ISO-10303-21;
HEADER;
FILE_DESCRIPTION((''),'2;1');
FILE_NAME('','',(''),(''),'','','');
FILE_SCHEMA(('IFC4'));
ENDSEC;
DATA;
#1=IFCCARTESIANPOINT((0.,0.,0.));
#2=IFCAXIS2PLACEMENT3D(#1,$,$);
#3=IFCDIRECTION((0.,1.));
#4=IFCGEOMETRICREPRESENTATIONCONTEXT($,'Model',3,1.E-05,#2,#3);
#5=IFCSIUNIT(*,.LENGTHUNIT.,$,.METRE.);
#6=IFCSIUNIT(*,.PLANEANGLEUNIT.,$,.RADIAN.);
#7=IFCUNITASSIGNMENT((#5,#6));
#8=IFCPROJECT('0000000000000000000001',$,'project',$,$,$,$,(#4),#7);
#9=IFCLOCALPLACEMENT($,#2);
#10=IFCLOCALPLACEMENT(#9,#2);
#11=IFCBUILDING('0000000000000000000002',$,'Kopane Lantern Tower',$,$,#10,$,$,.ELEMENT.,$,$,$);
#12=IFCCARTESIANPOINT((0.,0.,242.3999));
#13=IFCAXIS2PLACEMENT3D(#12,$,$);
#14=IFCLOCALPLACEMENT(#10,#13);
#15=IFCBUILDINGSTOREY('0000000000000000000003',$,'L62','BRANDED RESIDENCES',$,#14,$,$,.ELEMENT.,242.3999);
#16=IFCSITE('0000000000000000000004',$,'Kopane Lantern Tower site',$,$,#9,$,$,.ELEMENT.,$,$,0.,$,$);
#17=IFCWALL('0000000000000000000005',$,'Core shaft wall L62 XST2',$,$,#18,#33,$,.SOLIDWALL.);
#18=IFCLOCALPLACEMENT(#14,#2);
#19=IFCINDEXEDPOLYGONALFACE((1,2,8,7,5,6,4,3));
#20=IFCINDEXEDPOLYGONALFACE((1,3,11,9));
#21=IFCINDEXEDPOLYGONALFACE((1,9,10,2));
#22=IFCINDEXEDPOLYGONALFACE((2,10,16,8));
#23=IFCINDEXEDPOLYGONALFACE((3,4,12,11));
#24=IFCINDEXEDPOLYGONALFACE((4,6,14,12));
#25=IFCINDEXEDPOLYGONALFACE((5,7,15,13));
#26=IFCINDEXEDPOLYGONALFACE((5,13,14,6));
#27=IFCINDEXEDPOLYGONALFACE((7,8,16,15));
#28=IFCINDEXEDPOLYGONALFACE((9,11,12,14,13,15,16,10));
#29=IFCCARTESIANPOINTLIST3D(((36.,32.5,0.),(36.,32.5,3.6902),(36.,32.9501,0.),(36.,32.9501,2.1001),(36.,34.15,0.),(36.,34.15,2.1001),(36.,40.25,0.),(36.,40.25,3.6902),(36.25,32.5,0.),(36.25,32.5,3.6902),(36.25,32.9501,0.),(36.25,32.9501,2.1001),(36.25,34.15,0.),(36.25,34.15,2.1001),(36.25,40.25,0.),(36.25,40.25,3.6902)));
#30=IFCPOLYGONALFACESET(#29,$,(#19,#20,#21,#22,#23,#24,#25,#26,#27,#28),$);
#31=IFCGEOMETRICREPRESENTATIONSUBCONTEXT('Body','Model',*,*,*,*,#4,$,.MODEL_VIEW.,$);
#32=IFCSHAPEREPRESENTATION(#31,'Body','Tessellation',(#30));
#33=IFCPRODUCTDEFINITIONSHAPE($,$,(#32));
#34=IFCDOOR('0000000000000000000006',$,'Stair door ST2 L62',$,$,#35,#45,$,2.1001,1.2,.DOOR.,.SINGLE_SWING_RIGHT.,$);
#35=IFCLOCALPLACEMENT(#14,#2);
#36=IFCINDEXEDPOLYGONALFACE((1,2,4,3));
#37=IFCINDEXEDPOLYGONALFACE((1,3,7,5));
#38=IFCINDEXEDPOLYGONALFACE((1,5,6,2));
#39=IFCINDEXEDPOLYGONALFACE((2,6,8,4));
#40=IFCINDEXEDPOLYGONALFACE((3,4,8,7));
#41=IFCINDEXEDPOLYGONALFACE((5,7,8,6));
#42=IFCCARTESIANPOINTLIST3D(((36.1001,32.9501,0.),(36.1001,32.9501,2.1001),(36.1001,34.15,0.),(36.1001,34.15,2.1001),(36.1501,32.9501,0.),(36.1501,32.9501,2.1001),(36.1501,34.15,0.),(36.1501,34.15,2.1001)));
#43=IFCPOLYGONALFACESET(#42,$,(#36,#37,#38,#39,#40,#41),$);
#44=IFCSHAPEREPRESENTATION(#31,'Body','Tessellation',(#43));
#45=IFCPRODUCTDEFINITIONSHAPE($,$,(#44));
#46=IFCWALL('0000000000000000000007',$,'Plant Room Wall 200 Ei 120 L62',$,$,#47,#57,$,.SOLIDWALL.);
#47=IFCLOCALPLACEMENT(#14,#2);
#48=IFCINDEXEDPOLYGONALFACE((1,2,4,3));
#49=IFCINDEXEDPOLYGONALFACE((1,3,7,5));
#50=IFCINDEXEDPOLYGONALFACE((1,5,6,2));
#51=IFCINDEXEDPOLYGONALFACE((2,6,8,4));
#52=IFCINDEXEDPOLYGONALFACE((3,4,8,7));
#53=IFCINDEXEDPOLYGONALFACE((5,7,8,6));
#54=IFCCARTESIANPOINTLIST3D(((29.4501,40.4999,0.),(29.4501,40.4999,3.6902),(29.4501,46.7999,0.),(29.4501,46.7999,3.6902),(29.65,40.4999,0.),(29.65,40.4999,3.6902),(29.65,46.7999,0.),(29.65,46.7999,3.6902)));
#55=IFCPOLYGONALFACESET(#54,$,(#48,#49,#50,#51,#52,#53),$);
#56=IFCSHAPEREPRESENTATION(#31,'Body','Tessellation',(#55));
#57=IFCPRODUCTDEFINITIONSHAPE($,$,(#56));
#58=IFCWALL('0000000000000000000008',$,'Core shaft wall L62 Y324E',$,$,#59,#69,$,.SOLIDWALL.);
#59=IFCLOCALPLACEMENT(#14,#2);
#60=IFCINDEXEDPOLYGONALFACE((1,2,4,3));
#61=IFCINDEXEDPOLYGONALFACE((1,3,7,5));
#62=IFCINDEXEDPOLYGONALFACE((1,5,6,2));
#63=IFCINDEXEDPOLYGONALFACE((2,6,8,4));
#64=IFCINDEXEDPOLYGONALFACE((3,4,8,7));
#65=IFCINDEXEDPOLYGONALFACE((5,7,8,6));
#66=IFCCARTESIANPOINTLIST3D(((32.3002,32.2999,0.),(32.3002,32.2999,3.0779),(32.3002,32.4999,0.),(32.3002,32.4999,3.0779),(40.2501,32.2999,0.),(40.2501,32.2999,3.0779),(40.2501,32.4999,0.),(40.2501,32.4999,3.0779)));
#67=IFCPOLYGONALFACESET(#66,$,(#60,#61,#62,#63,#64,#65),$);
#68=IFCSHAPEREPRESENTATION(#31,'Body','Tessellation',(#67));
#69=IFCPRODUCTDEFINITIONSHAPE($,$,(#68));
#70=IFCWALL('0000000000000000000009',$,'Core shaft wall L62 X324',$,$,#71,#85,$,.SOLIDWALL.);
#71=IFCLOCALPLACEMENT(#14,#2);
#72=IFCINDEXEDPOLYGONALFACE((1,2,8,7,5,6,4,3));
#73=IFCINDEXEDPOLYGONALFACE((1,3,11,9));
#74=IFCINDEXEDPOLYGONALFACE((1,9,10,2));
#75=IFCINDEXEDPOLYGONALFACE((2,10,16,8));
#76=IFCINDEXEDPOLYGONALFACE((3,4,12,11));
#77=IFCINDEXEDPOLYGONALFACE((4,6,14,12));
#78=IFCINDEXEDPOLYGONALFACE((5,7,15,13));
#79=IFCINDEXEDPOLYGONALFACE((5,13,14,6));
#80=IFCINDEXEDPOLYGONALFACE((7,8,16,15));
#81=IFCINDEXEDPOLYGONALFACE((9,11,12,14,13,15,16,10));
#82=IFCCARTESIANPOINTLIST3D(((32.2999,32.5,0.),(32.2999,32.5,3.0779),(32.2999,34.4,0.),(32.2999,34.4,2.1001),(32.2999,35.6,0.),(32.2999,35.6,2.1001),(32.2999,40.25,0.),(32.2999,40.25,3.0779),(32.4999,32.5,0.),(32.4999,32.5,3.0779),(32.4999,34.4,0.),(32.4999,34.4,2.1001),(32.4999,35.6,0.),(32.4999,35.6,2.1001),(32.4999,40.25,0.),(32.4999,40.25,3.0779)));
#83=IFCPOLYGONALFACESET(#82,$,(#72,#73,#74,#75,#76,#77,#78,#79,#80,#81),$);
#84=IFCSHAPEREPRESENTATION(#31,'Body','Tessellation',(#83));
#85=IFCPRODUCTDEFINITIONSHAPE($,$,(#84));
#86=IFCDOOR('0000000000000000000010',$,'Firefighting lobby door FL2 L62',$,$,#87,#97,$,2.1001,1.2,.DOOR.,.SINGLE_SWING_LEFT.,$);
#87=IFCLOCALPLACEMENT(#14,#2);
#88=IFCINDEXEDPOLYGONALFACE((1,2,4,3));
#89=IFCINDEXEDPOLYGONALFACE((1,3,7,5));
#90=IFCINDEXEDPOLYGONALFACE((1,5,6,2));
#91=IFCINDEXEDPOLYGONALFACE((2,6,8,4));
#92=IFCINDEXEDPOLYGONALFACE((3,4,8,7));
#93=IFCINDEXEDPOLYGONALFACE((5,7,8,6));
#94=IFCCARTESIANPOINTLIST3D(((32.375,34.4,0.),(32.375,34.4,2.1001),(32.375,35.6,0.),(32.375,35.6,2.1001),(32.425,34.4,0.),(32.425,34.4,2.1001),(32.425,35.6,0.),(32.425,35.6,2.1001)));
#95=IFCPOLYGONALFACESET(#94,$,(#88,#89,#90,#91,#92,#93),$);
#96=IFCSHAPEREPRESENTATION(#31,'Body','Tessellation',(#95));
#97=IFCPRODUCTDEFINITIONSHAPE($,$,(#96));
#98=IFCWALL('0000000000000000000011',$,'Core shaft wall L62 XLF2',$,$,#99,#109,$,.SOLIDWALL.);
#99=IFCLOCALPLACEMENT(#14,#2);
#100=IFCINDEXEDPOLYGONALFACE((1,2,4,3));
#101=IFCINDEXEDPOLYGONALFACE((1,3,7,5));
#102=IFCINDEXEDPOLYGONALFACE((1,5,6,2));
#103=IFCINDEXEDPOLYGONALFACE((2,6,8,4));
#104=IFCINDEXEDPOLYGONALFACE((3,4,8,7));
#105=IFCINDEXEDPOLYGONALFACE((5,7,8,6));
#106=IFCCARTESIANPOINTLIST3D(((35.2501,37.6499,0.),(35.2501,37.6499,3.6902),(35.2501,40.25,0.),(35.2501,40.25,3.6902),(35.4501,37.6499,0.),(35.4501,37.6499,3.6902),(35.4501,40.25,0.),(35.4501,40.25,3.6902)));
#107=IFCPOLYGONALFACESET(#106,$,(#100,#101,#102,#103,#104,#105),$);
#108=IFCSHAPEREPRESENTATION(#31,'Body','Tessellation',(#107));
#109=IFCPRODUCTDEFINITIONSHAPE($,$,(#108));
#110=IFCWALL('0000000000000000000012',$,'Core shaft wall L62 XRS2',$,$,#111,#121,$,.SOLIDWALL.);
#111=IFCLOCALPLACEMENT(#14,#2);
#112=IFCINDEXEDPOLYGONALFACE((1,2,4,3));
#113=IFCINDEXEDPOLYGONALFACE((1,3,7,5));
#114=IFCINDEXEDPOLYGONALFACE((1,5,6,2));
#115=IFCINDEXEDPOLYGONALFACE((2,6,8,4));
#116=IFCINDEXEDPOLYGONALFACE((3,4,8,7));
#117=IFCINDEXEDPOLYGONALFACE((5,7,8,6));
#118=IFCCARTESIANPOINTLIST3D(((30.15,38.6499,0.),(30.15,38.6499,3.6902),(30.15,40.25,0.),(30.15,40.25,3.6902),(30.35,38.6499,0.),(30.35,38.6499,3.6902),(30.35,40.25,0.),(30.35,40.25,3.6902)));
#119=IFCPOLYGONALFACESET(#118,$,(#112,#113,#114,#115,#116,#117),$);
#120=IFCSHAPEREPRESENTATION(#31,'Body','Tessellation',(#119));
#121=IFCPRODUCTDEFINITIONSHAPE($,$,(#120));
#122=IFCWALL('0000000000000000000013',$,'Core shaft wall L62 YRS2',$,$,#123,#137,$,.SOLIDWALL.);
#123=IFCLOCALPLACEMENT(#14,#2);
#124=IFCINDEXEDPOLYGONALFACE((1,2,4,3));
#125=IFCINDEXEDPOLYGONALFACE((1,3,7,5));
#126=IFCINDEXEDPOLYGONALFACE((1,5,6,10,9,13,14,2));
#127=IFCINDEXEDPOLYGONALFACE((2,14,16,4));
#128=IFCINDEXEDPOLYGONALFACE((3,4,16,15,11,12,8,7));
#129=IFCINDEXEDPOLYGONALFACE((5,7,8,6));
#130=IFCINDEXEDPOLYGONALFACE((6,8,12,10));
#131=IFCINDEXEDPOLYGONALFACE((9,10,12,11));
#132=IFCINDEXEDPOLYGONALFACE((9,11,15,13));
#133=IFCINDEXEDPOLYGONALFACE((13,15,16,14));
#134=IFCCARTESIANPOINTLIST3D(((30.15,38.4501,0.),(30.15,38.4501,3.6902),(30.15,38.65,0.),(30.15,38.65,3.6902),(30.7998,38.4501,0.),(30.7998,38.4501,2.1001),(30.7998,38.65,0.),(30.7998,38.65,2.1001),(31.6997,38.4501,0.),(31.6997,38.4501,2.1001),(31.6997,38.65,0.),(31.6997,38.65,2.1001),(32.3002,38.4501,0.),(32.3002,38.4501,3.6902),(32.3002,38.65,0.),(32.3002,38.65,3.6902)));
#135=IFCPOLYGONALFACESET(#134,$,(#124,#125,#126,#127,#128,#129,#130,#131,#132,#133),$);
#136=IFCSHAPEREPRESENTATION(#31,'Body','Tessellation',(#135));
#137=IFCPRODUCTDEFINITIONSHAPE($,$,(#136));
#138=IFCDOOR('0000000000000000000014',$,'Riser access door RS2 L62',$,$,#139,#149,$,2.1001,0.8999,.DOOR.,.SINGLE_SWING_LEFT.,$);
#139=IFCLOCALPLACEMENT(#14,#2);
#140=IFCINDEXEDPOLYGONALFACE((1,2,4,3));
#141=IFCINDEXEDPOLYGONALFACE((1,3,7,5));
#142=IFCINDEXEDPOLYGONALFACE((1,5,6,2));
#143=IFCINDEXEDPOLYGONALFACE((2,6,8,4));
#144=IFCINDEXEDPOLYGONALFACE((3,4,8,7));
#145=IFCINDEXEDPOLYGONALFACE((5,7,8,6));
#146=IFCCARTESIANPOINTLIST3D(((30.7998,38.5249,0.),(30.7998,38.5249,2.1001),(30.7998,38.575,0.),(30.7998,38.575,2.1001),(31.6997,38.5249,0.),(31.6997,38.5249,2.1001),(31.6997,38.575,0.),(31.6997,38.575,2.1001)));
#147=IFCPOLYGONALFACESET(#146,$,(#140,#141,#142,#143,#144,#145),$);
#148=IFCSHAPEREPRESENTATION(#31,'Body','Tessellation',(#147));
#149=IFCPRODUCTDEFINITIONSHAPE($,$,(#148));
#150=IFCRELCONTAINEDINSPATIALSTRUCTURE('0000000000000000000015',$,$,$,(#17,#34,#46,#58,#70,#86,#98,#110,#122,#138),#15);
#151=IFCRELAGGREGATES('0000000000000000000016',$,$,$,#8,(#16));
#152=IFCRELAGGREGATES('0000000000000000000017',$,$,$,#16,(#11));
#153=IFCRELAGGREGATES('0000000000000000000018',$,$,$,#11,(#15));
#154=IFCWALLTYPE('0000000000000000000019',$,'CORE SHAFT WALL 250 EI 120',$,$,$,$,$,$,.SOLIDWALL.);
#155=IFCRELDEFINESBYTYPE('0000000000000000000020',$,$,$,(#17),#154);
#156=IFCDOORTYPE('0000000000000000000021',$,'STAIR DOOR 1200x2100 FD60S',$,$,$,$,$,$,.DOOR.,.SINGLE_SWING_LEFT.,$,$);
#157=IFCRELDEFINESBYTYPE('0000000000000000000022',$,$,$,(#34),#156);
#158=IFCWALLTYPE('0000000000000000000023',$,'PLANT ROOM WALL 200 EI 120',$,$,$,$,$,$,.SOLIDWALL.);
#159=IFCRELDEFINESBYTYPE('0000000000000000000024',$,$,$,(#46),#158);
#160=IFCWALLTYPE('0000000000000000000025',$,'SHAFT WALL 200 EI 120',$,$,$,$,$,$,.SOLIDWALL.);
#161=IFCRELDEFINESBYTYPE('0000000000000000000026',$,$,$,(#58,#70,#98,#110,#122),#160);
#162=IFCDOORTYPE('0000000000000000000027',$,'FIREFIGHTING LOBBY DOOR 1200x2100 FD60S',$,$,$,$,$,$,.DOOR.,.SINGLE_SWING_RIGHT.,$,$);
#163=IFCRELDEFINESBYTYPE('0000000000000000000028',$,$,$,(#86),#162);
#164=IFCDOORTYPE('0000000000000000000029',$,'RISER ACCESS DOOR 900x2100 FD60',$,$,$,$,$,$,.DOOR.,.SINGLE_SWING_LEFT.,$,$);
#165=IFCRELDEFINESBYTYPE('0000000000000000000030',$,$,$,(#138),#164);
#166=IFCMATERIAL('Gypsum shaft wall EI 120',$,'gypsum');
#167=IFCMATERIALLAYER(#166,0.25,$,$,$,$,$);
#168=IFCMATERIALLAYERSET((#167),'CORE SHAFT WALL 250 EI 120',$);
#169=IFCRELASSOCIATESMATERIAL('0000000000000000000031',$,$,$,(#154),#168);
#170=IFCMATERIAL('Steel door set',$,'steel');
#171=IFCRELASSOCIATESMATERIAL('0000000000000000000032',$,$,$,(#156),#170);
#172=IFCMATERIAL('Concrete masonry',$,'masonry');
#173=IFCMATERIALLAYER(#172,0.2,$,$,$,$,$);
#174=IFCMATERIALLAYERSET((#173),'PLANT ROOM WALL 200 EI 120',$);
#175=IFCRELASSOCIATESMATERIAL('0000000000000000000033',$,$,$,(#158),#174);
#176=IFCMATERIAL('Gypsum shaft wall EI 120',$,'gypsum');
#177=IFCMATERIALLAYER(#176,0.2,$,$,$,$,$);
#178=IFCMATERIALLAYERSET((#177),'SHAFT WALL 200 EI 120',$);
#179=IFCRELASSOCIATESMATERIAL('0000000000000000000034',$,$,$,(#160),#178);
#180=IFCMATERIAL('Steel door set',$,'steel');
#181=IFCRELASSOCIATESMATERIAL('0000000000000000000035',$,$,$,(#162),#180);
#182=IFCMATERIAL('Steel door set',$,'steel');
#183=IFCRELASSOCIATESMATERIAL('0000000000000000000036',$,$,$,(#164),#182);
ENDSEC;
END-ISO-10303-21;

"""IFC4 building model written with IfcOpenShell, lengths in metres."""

from ifc_helpers import new_model, si_unit, direction, frame, frame_2d, origin, place, context, subcontext, project, spatial, rectangle, extrude, material, layer, layer_set, type_object, element, fill, save


model = new_model("IFC4")

# Units and contexts
model_context = context("Model", 3, precision=1e-05, world=origin(), true_north=direction((0.0, 1.0)))
body_context = subcontext(model_context, "Body", "Model", "MODEL_VIEW")
ifc_project = project(units=[si_unit("LENGTHUNIT", "METRE"), si_unit("PLANEANGLEUNIT", "RADIAN")], contexts=[model_context])

# Site, building, storey
site_placement = place(None, origin())
site = spatial("IfcSite", under=ifc_project, at=site_placement, Name="Kopane Lantern Tower site", CompositionType="ELEMENT", RefElevation=0.0)
building_placement = place(site_placement, origin())
building = spatial("IfcBuilding", under=site, at=building_placement, Name="Kopane Lantern Tower", CompositionType="ELEMENT")
storey_placement = place(building_placement, frame((0.0, 0.0, 242.3999)))
storey = spatial("IfcBuildingStorey", under=building, at=storey_placement, Name="L62", Description="BRANDED RESIDENCES", CompositionType="ELEMENT", Elevation=242.3999)

# Wall, opening, door
ifc_material_1 = material(Name="Gypsum shaft wall EI 120", Category="gypsum")
ifc_layer_1 = layer(ifc_material_1, 0.25)
ifc_layer_set_1 = layer_set([ifc_layer_1], Name="CORE SHAFT WALL 250 EI 120")
wall_type_1 = type_object("IfcWallType", Name="CORE SHAFT WALL 250 EI 120", PredefinedType="SOLIDWALL", material=ifc_layer_set_1)
wall_1_placement = place(storey_placement, frame((36.125, 32.5, 0.0), z_axis=(0.0, 0.0, 1.0), x_axis=(0.0, 1.0, 0.0)))
wall_1 = element("IfcWall", 1, at=wall_1_placement, inside=storey, type_object=wall_type_1, Name="Core shaft wall L62 XST2", PredefinedType="SOLIDWALL", context=body_context, shape_type="SweptSolid", body=[
    extrude(rectangle(XDim=7.75, YDim=0.25, at=frame_2d((3.875, 0.0))), origin(), (0.0, 0.0, 1.0), 3.6902),
])
opening_1_placement = place(wall_1_placement, frame((0.45, 0.0, 0.0)))
opening_1 = element("IfcOpeningElement", 2, at=opening_1_placement, cuts=wall_1, PredefinedType="OPENING", context=body_context, shape_type="SweptSolid", body=[
    extrude(rectangle(XDim=1.2, YDim=2.1001, at=frame_2d((0.6001, 1.05))), frame((0.0, 0.135, 0.0), z_axis=(0.0, -1.0, 0.0), x_axis=(1.0, 0.0, 0.0)), (0.0, 0.0, 1.0), 0.27),
])
ifc_material_2 = material(Name="Steel door set", Category="steel")
door_type_1 = type_object("IfcDoorType", Name="STAIR DOOR 1200x2100 FD60S", OperationType="SINGLE_SWING_LEFT", PredefinedType="DOOR", material=ifc_material_2)
door_1_placement = place(opening_1_placement, origin())
door_1 = element("IfcDoor", 3, at=door_1_placement, inside=storey, type_object=door_type_1, Name="Stair door ST2 L62", OperationType="SINGLE_SWING_RIGHT", OverallHeight=2.1001, OverallWidth=1.2, PredefinedType="DOOR", context=body_context, shape_type="SweptSolid", body=[
    extrude(rectangle(XDim=1.2, YDim=2.1001, at=frame_2d((0.6001, 1.05))), frame((0.0, 0.0249, 0.0), z_axis=(0.0, -1.0, 0.0), x_axis=(1.0, 0.0, 0.0)), (0.0, 0.0, 1.0), 0.05),
])
fill(opening_1, door_1)

# Walls
ifc_material_3 = material(Name="Concrete masonry", Category="masonry")
ifc_layer_2 = layer(ifc_material_3, 0.2)
ifc_layer_set_2 = layer_set([ifc_layer_2], Name="PLANT ROOM WALL 200 EI 120")
wall_type_2 = type_object("IfcWallType", Name="PLANT ROOM WALL 200 EI 120", PredefinedType="SOLIDWALL", material=ifc_layer_set_2)
wall_2_placement = place(storey_placement, frame((29.55, 40.5, 0.0), z_axis=(0.0, 0.0, 1.0), x_axis=(0.0, 1.0, 0.0)))
element("IfcWall", 4, at=wall_2_placement, inside=storey, type_object=wall_type_2, Name="Plant Room Wall 200 Ei 120 L62", PredefinedType="SOLIDWALL", context=body_context, shape_type="SweptSolid", body=[
    extrude(rectangle(XDim=6.3, YDim=0.2, at=frame_2d((3.1499, 0.0))), origin(), (0.0, 0.0, 1.0), 3.6902),
])
ifc_material_4 = material(Name="Gypsum shaft wall EI 120", Category="gypsum")
ifc_layer_3 = layer(ifc_material_4, 0.2)
ifc_layer_set_3 = layer_set([ifc_layer_3], Name="SHAFT WALL 200 EI 120")
wall_type_3 = type_object("IfcWallType", Name="SHAFT WALL 200 EI 120", PredefinedType="SOLIDWALL", material=ifc_layer_set_3)
wall_3_placement = place(storey_placement, frame((32.3, 32.3999, 0.0), z_axis=(0.0, 0.0, 1.0), x_axis=(1.0, 0.0, 0.0)))
element("IfcWall", 5, at=wall_3_placement, inside=storey, type_object=wall_type_3, Name="Core shaft wall L62 Y324E", PredefinedType="SOLIDWALL", context=body_context, shape_type="SweptSolid", body=[
    extrude(rectangle(XDim=7.95, YDim=0.2, at=frame_2d((3.9751, 0.0))), origin(), (0.0, 0.0, 1.0), 3.0779),
])

# Wall, opening, door
wall_4_placement = place(storey_placement, frame((32.3999, 32.5, 0.0), z_axis=(0.0, 0.0, 1.0), x_axis=(0.0, 1.0, 0.0)))
wall_4 = element("IfcWall", 6, at=wall_4_placement, inside=storey, type_object=wall_type_3, Name="Core shaft wall L62 X324", PredefinedType="SOLIDWALL", context=body_context, shape_type="SweptSolid", body=[
    extrude(rectangle(XDim=7.75, YDim=0.2, at=frame_2d((3.875, 0.0))), origin(), (0.0, 0.0, 1.0), 3.0779),
])
opening_2_placement = place(wall_4_placement, frame((1.8999, 0.0, 0.0)))
opening_2 = element("IfcOpeningElement", 7, at=opening_2_placement, cuts=wall_4, PredefinedType="OPENING", context=body_context, shape_type="SweptSolid", body=[
    extrude(rectangle(XDim=1.2, YDim=2.1001, at=frame_2d((0.6001, 1.05))), frame((0.0, 0.1099, 0.0), z_axis=(0.0, -1.0, 0.0), x_axis=(1.0, 0.0, 0.0)), (0.0, 0.0, 1.0), 0.22),
])
ifc_material_5 = material(Name="Steel door set", Category="steel")
door_type_2 = type_object("IfcDoorType", Name="FIREFIGHTING LOBBY DOOR 1200x2100 FD60S", OperationType="SINGLE_SWING_RIGHT", PredefinedType="DOOR", material=ifc_material_5)
door_2_placement = place(opening_2_placement, origin())
door_2 = element("IfcDoor", 8, at=door_2_placement, inside=storey, type_object=door_type_2, Name="Firefighting lobby door FL2 L62", OperationType="SINGLE_SWING_LEFT", OverallHeight=2.1001, OverallWidth=1.2, PredefinedType="DOOR", context=body_context, shape_type="SweptSolid", body=[
    extrude(rectangle(XDim=1.2, YDim=2.1001, at=frame_2d((0.6001, 1.05))), frame((0.0, 0.0249, 0.0), z_axis=(0.0, -1.0, 0.0), x_axis=(1.0, 0.0, 0.0)), (0.0, 0.0, 1.0), 0.05),
])
fill(opening_2, door_2)

# Walls
wall_5_placement = place(storey_placement, frame((35.3501, 37.6499, 0.0), z_axis=(0.0, 0.0, 1.0), x_axis=(0.0, 1.0, 0.0)))
element("IfcWall", 9, at=wall_5_placement, inside=storey, type_object=wall_type_3, Name="Core shaft wall L62 XLF2", PredefinedType="SOLIDWALL", context=body_context, shape_type="SweptSolid", body=[
    extrude(rectangle(XDim=2.6001, YDim=0.2, at=frame_2d((1.3, 0.0))), origin(), (0.0, 0.0, 1.0), 3.6902),
])
wall_6_placement = place(storey_placement, frame((30.25, 38.6499, 0.0), z_axis=(0.0, 0.0, 1.0), x_axis=(0.0, 1.0, 0.0)))
element("IfcWall", 10, at=wall_6_placement, inside=storey, type_object=wall_type_3, Name="Core shaft wall L62 XRS2", PredefinedType="SOLIDWALL", context=body_context, shape_type="SweptSolid", body=[
    extrude(rectangle(XDim=1.6001, YDim=0.2, at=frame_2d((0.8, 0.0))), origin(), (0.0, 0.0, 1.0), 3.6902),
])

# Wall, opening, door
wall_7_placement = place(storey_placement, frame((30.1499, 38.55, 0.0), z_axis=(0.0, 0.0, 1.0), x_axis=(1.0, 0.0, 0.0)))
wall_7 = element("IfcWall", 11, at=wall_7_placement, inside=storey, type_object=wall_type_3, Name="Core shaft wall L62 YRS2", PredefinedType="SOLIDWALL", context=body_context, shape_type="SweptSolid", body=[
    extrude(rectangle(XDim=2.1501, YDim=0.2, at=frame_2d((1.0752, 0.0))), origin(), (0.0, 0.0, 1.0), 3.6902),
])
opening_3_placement = place(wall_7_placement, frame((0.6499, 0.0, 0.0)))
opening_3 = element("IfcOpeningElement", 12, at=opening_3_placement, cuts=wall_7, PredefinedType="OPENING", context=body_context, shape_type="SweptSolid", body=[
    extrude(rectangle(XDim=0.8999, YDim=2.1001, at=frame_2d((0.45, 1.05))), frame((0.0, 0.1099, 0.0), z_axis=(0.0, -1.0, 0.0), x_axis=(1.0, 0.0, 0.0)), (0.0, 0.0, 1.0), 0.22),
])
ifc_material_6 = material(Name="Steel door set", Category="steel")
door_type_3 = type_object("IfcDoorType", Name="RISER ACCESS DOOR 900x2100 FD60", OperationType="SINGLE_SWING_LEFT", PredefinedType="DOOR", material=ifc_material_6)
door_3_placement = place(opening_3_placement, origin())
door_3 = element("IfcDoor", 13, at=door_3_placement, inside=storey, type_object=door_type_3, Name="Riser access door RS2 L62", OperationType="SINGLE_SWING_LEFT", OverallHeight=2.1001, OverallWidth=0.8999, PredefinedType="DOOR", context=body_context, shape_type="SweptSolid", body=[
    extrude(rectangle(XDim=0.8999, YDim=2.1001, at=frame_2d((0.45, 1.05))), frame((0.0, 0.0249, 0.0), z_axis=(0.0, -1.0, 0.0), x_axis=(1.0, 0.0, 0.0)), (0.0, 0.0, 1.0), 0.05),
])
fill(opening_3, door_3)

save(model, "model.ifc")
